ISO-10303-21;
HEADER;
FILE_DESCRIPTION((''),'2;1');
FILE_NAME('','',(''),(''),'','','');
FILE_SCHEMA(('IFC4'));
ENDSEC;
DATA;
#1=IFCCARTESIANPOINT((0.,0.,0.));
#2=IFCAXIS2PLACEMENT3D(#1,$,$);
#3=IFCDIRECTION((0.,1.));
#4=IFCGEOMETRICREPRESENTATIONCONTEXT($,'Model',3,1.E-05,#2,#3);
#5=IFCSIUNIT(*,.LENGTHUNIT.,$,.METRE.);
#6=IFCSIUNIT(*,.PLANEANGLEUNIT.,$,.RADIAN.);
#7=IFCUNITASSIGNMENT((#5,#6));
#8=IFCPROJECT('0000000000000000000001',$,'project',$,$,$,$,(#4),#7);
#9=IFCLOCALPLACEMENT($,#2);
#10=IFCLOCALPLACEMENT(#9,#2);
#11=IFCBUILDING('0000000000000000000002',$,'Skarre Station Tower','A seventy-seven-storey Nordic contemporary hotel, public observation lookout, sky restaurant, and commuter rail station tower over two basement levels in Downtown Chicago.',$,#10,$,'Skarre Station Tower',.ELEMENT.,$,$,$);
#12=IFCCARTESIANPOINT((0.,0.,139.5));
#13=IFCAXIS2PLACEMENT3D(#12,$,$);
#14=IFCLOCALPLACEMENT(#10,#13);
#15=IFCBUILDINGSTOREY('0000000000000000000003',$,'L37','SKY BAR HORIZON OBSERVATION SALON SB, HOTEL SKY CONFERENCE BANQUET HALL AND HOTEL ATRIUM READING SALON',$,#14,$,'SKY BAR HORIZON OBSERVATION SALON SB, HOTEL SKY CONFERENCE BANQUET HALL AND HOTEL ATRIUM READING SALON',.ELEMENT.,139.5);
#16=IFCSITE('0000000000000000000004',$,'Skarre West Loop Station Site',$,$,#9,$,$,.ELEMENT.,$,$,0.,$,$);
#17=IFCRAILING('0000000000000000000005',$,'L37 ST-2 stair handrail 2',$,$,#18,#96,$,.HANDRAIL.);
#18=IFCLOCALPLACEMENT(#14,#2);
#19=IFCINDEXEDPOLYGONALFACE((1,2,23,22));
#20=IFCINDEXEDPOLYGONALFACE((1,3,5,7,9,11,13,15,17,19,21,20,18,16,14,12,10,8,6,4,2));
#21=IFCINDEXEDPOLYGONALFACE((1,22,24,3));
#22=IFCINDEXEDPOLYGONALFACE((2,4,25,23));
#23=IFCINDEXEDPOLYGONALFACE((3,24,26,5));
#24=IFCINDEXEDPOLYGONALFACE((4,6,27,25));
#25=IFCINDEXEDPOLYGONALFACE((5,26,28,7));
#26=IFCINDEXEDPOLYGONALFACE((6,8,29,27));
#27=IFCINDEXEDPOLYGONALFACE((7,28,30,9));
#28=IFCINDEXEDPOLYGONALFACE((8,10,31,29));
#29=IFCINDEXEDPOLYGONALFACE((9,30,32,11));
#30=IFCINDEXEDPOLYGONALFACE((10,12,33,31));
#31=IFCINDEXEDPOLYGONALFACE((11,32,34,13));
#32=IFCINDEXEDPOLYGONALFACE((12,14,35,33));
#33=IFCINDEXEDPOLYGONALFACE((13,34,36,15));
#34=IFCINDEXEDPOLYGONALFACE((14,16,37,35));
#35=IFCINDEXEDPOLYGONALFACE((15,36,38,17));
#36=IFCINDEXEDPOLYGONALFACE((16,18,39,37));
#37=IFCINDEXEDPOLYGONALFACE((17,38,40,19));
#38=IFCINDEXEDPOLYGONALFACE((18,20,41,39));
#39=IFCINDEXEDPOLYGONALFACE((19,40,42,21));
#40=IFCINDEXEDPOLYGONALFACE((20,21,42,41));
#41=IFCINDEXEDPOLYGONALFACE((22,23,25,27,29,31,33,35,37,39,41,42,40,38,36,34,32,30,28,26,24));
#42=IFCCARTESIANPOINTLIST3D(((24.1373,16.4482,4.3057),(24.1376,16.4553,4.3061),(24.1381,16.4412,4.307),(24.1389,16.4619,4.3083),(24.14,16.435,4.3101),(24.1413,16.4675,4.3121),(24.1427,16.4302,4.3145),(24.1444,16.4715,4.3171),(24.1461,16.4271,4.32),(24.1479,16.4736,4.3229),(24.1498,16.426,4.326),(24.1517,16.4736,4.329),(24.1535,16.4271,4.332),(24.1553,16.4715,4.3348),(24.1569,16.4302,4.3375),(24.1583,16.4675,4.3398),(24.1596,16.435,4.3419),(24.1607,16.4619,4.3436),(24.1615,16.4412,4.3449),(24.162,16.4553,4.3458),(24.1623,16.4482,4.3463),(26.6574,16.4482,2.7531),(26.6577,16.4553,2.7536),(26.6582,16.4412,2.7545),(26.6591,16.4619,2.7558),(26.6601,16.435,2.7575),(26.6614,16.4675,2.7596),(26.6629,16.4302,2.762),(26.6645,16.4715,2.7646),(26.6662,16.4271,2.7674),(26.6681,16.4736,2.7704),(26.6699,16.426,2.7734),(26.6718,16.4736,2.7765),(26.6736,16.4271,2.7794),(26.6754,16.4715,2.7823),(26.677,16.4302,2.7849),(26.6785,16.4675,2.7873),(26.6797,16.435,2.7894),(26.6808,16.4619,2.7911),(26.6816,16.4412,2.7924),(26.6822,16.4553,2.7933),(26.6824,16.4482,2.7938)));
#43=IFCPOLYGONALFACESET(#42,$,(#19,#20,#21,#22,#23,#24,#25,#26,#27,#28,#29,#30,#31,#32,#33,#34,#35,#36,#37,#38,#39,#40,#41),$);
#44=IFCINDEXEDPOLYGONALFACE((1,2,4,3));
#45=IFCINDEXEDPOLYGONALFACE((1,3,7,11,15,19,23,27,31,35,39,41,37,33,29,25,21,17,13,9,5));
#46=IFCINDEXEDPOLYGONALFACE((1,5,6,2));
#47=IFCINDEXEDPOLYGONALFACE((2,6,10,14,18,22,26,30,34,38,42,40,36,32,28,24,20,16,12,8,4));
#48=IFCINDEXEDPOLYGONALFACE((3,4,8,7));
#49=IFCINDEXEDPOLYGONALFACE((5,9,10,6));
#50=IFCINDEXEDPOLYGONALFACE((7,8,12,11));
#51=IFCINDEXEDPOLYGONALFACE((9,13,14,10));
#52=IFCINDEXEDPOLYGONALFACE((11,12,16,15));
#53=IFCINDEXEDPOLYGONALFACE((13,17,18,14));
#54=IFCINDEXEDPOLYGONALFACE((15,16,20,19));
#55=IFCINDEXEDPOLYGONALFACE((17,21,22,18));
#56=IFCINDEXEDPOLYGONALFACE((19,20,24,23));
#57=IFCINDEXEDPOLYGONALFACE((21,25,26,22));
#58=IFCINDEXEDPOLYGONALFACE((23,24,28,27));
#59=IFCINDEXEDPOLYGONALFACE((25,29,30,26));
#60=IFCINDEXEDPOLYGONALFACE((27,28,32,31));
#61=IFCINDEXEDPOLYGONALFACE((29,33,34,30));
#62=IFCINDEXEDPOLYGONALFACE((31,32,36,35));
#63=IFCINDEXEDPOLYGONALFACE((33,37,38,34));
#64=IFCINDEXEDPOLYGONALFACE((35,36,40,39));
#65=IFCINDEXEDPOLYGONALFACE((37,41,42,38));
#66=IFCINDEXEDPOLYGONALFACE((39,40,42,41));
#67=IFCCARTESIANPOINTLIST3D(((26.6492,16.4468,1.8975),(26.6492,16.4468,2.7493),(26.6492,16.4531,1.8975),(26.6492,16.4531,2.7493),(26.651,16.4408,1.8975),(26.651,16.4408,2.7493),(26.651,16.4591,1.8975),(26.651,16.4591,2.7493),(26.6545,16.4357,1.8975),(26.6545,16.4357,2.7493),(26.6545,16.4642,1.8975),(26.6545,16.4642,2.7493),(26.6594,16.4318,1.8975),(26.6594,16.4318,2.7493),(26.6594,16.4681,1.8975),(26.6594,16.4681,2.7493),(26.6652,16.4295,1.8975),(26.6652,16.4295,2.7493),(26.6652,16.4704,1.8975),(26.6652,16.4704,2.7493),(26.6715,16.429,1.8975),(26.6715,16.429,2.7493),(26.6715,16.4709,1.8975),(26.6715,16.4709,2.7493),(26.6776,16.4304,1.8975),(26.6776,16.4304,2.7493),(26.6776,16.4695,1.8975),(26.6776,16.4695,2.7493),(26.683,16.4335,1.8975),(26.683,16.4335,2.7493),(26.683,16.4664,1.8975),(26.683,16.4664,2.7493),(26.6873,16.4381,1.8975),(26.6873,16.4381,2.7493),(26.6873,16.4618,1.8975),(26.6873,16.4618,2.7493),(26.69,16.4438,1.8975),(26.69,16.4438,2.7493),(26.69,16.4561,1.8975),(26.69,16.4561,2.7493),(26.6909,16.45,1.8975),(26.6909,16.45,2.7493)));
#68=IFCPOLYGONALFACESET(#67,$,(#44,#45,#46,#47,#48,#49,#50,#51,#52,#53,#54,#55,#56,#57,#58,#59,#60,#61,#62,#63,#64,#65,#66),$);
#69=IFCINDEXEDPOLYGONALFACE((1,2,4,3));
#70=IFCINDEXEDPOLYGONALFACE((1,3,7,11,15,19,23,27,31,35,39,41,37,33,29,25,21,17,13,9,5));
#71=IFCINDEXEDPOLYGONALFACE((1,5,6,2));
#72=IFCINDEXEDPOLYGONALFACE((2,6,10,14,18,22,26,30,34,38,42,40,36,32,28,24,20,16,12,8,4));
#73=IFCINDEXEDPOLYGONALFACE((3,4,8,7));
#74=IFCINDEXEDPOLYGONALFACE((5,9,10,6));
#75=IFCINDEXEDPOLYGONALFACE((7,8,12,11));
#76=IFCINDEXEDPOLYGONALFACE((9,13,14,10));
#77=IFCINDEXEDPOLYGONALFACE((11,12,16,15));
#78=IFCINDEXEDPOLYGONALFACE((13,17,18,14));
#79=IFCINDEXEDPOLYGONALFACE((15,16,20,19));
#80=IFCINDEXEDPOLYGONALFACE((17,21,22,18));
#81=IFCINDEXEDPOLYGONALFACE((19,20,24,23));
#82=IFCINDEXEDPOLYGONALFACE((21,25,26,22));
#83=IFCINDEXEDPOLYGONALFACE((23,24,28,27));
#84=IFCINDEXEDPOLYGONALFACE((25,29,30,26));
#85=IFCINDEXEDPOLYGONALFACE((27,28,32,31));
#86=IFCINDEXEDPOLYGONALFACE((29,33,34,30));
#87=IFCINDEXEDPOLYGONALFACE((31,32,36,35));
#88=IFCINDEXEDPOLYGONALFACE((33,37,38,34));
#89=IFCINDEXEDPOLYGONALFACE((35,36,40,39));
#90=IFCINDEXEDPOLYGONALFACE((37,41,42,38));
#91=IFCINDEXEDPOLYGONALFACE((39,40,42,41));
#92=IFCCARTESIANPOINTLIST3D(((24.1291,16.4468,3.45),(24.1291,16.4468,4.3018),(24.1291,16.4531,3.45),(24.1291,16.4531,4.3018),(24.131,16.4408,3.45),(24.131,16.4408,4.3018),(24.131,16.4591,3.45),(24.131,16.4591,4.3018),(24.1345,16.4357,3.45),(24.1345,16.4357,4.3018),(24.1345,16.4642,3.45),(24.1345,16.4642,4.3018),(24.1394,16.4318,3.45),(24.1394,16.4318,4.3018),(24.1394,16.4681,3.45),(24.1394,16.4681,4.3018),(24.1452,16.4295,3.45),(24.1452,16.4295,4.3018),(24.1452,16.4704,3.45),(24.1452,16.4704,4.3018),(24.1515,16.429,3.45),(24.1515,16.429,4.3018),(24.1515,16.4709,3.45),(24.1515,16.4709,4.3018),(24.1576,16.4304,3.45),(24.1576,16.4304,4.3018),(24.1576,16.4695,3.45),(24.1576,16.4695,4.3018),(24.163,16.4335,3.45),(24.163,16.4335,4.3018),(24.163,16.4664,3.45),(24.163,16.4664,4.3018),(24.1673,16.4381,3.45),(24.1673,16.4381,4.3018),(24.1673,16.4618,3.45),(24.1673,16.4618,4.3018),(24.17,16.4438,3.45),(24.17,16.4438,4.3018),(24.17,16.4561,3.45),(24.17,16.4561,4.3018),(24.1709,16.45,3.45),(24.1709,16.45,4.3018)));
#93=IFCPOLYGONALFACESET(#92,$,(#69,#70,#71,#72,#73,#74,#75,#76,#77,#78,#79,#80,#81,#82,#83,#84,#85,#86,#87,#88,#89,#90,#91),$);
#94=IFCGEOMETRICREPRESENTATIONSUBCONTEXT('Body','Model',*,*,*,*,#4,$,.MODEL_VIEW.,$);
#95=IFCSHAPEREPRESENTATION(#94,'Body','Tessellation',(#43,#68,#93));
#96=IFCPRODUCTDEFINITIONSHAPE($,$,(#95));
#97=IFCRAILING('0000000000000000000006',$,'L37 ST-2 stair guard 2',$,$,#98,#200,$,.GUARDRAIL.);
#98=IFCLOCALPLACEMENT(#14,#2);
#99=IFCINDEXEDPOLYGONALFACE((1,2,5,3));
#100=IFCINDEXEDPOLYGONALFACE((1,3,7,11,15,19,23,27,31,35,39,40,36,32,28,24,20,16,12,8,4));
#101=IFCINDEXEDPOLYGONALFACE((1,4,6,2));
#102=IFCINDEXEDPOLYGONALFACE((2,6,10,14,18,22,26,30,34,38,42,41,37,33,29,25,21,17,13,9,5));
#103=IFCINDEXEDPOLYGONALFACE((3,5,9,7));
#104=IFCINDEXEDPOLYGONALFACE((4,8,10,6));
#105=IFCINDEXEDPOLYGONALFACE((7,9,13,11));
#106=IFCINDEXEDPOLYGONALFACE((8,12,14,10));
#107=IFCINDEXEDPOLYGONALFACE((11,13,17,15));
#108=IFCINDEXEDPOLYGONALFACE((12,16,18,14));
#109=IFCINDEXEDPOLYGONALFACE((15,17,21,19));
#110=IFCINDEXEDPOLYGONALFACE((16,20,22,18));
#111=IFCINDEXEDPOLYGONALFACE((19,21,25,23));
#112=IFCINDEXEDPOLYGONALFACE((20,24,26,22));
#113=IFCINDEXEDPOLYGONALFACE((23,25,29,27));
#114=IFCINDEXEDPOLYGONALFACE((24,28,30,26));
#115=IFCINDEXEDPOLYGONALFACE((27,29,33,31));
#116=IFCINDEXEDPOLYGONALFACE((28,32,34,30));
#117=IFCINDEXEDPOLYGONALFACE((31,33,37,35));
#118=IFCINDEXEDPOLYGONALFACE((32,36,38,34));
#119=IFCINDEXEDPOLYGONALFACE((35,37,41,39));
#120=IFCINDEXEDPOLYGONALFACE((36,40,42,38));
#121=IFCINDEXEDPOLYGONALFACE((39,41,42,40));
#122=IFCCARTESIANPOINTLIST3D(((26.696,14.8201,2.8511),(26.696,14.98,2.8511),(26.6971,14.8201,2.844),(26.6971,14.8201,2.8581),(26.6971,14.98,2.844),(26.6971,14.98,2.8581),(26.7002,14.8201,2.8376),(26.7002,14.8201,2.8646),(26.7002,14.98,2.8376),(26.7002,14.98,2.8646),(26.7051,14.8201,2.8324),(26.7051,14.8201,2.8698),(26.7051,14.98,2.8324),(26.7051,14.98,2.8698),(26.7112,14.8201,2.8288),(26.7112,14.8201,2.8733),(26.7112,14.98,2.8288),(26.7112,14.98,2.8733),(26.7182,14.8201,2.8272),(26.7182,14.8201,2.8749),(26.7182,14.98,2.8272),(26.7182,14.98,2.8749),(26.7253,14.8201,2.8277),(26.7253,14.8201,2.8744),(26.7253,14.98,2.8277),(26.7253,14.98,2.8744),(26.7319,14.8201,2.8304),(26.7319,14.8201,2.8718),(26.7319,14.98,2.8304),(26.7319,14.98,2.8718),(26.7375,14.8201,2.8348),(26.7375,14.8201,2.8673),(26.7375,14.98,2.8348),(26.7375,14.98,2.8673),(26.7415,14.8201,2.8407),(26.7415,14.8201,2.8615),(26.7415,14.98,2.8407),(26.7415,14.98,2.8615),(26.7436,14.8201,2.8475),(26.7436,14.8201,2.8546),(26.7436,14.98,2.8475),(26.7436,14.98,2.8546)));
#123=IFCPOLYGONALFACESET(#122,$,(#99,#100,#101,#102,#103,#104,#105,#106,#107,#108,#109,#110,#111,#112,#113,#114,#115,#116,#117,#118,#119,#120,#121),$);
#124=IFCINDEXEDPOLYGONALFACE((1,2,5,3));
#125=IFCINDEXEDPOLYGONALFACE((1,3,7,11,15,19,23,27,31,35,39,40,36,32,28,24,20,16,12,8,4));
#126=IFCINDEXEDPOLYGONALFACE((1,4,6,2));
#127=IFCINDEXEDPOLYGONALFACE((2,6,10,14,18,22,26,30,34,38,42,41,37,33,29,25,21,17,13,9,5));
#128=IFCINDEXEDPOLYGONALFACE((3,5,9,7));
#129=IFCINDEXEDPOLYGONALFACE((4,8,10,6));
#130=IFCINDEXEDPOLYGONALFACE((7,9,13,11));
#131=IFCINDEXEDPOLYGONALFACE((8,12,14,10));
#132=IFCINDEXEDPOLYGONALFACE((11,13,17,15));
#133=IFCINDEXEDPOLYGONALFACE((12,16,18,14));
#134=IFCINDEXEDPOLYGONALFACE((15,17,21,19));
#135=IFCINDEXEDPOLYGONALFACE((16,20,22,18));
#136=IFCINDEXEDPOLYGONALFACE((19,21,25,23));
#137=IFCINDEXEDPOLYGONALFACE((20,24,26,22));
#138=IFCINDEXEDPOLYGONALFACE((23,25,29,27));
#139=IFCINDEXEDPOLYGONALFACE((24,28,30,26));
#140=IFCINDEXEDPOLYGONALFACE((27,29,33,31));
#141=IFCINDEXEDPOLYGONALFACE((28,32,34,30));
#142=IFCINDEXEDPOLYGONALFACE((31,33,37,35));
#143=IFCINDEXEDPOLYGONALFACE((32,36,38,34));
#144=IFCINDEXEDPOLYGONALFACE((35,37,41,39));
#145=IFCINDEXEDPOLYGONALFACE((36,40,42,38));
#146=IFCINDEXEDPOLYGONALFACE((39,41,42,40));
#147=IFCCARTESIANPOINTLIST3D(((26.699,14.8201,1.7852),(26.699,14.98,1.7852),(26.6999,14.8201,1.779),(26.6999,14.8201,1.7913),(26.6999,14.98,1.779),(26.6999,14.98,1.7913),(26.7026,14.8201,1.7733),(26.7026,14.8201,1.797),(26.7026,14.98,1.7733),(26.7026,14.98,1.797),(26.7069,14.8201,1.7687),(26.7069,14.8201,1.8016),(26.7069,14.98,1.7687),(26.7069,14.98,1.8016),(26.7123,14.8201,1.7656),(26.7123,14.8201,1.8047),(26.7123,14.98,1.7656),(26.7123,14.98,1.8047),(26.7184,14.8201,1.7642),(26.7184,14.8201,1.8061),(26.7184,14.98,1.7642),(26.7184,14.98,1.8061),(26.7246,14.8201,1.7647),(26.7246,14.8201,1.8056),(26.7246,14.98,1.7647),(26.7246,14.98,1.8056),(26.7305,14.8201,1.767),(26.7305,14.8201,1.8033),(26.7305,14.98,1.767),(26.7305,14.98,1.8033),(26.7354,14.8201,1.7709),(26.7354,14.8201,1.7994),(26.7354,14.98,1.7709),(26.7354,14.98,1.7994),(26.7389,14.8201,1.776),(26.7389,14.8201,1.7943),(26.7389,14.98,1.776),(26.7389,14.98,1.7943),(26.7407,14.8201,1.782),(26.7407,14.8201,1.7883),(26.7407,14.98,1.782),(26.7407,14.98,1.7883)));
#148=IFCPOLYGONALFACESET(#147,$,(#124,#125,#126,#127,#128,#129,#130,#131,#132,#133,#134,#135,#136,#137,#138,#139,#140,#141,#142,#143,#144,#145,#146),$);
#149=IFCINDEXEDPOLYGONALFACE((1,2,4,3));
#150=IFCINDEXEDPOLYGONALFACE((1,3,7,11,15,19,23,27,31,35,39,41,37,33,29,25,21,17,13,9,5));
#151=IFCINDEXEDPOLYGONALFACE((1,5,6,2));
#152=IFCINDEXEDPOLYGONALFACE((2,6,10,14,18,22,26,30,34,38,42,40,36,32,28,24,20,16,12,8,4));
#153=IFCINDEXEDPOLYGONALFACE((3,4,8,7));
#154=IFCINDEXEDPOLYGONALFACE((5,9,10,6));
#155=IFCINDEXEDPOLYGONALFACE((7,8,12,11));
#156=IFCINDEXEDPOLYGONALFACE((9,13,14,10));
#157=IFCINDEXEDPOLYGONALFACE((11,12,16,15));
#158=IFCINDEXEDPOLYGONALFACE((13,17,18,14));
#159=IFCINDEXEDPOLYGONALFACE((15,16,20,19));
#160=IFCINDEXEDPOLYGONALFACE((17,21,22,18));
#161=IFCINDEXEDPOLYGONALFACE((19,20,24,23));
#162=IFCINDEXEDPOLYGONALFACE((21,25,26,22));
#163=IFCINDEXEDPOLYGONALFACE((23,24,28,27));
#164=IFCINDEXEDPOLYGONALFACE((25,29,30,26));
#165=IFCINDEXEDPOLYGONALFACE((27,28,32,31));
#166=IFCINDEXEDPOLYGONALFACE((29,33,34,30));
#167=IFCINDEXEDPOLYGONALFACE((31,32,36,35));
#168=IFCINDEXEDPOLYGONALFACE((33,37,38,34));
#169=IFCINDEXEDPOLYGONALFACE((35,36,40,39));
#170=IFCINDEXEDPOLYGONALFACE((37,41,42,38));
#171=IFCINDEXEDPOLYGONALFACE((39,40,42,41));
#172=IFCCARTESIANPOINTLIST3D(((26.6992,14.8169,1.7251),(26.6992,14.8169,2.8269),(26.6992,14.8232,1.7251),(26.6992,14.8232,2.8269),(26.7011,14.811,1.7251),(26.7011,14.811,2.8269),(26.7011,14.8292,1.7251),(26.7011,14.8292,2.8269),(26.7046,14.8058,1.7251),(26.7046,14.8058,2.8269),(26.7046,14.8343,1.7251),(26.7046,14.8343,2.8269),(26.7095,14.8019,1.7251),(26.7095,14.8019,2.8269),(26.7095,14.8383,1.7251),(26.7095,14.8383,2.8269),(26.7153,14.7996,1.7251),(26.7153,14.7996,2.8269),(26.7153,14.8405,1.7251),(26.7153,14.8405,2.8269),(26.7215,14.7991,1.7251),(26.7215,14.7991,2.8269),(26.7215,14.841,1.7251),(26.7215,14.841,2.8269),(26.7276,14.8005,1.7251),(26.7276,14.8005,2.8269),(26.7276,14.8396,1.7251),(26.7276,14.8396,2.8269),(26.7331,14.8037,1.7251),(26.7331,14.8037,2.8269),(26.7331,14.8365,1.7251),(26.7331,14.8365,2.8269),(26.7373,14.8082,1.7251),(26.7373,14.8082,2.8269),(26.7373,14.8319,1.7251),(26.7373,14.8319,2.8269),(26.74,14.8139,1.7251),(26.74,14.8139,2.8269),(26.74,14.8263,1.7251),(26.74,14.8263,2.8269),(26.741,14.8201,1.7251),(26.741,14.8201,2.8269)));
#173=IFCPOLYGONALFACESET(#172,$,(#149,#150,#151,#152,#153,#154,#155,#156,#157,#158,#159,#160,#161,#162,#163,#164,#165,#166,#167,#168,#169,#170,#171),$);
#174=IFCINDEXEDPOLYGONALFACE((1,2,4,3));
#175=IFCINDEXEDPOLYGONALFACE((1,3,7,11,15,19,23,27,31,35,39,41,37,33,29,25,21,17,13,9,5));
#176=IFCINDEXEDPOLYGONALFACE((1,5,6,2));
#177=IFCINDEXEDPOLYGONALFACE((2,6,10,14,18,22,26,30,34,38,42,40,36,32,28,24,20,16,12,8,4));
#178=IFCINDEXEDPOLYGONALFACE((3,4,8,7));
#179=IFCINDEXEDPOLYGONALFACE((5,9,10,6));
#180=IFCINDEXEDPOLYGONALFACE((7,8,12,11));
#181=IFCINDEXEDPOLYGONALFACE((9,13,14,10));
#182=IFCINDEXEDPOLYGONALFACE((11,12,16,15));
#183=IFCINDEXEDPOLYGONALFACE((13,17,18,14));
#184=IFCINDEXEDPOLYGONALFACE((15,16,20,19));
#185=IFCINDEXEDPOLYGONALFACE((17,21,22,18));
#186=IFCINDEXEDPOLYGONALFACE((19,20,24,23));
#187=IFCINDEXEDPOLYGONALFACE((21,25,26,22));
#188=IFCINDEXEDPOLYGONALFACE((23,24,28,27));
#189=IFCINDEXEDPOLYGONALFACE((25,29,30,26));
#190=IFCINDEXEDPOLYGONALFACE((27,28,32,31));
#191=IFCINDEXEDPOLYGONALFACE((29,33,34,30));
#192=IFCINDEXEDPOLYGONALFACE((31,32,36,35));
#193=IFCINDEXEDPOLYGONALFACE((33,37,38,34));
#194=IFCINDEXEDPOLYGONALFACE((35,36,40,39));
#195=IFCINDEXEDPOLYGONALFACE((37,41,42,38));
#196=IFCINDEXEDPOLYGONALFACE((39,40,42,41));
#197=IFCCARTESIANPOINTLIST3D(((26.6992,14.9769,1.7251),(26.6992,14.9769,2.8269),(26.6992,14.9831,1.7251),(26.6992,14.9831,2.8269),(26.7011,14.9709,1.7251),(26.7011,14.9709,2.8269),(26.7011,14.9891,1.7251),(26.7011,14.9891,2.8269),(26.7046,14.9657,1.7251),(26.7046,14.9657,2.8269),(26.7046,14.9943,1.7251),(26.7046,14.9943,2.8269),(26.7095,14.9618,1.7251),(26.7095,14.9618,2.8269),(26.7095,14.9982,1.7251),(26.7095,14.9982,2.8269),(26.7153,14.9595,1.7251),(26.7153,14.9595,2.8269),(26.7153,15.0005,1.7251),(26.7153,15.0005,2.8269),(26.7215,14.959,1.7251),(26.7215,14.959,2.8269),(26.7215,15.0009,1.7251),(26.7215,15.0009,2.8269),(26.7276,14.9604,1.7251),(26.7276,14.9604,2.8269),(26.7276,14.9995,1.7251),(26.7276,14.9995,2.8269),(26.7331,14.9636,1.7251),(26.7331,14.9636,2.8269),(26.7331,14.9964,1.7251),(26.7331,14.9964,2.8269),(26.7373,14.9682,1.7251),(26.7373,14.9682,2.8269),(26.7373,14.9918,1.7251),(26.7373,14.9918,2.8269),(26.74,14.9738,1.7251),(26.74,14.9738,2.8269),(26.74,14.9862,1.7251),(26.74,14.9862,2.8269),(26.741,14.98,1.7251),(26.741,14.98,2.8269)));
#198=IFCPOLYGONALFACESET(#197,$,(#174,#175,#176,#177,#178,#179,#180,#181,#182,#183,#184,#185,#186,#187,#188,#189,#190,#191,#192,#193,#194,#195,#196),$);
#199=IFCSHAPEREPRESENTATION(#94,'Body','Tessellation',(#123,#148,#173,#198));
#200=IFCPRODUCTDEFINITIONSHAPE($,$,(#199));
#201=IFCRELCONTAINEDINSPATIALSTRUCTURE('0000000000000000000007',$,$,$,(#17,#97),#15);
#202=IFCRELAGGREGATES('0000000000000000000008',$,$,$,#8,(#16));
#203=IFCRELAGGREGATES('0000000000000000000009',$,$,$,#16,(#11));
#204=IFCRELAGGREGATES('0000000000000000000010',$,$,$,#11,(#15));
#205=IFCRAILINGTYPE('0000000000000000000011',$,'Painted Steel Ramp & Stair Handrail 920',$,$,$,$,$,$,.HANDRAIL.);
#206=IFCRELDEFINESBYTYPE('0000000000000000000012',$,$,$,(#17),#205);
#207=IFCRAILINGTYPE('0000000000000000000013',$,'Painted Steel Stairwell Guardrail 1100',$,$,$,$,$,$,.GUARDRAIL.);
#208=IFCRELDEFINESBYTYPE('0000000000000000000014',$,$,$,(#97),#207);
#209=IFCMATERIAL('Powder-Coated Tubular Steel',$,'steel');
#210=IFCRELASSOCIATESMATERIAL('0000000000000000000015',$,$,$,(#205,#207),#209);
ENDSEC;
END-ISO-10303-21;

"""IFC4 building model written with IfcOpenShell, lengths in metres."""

from ifc_helpers import new_model, si_unit, direction, frame, origin, origin_2d, place, context, subcontext, project, spatial, circle, extrude, material, type_object, element, save


model = new_model("IFC4")

# Units and contexts
model_context = context("Model", 3, precision=1e-05, world=origin(), true_north=direction((0.0, 1.0)))
body_context = subcontext(model_context, "Body", "Model", "MODEL_VIEW")
ifc_project = project(units=[si_unit("LENGTHUNIT", "METRE"), si_unit("PLANEANGLEUNIT", "RADIAN")], contexts=[model_context])

# Site, building, storey
site_placement = place(None, origin())
site = spatial("IfcSite", under=ifc_project, at=site_placement, Name="Skarre West Loop Station Site", CompositionType="ELEMENT", RefElevation=0.0)
building_placement = place(site_placement, origin())
building = spatial("IfcBuilding", under=site, at=building_placement, Name="Skarre Station Tower", Description="A seventy-seven-storey Nordic contemporary hotel, public observation lookout, sky restaurant, and commuter rail station tower over two basement levels in Downtown Chicago.", LongName="Skarre Station Tower", CompositionType="ELEMENT")
storey_placement = place(building_placement, frame((0.0, 0.0, 139.5)))
storey = spatial("IfcBuildingStorey", under=building, at=storey_placement, Name="L37", Description="SKY BAR HORIZON OBSERVATION SALON SB, HOTEL SKY CONFERENCE BANQUET HALL AND HOTEL ATRIUM READING SALON", LongName="SKY BAR HORIZON OBSERVATION SALON SB, HOTEL SKY CONFERENCE BANQUET HALL AND HOTEL ATRIUM READING SALON", CompositionType="ELEMENT", Elevation=139.5)

# Railings
ifc_material_1 = material(Name="Powder-Coated Tubular Steel", Category="steel")
railing_type_1 = type_object("IfcRailingType", Name="Painted Steel Ramp & Stair Handrail 920", PredefinedType="HANDRAIL", material=ifc_material_1)
railing_1_placement = place(storey_placement, frame((26.6699, 16.45, 1.8975)))
element("IfcRailing", 1, at=railing_1_placement, inside=storey, type_object=railing_type_1, Name="L37 ST-2 stair handrail 2", PredefinedType="HANDRAIL", context=body_context, shape_type="SweptSolid", body=[
    extrude(circle(Radius=0.0239, at=origin_2d()), frame((0.0, 0.0, 0.876), z_axis=(-0.8514, 0.0, 0.524516), x_axis=(0.0, -1.0, 0.0)), (0.0, 0.0, 1.0), 2.96),
    extrude(circle(Radius=0.021, at=origin_2d()), origin(), (0.0, 0.0, 1.0), 0.8518),
    extrude(circle(Radius=0.021, at=origin_2d()), frame((-2.52, 0.0, 1.5525)), (0.0, 0.0, 1.0), 0.8518),
])
railing_type_2 = type_object("IfcRailingType", Name="Painted Steel Stairwell Guardrail 1100", PredefinedType="GUARDRAIL", material=ifc_material_1)
railing_2_placement = place(storey_placement, frame((26.72, 14.8201, 1.7251)))
element("IfcRailing", 2, at=railing_2_placement, inside=storey, type_object=railing_type_2, Name="L37 ST-2 stair guard 2", PredefinedType="GUARDRAIL", context=body_context, shape_type="SweptSolid", body=[
    extrude(circle(Radius=0.0239, at=origin_2d()), frame((0.0, 0.0, 1.126), z_axis=(0.0, 1.0, 0.0), x_axis=(-1.0, 0.0, 0.0)), (0.0, 0.0, 1.0), 0.1599),
    extrude(circle(Radius=0.021, at=origin_2d()), frame((0.0, 0.0, 0.0601), z_axis=(0.0, 1.0, 0.0), x_axis=(-1.0, 0.0, 0.0)), (0.0, 0.0, 1.0), 0.1599),
    extrude(circle(Radius=0.021, at=origin_2d()), origin(), (0.0, 0.0, 1.0), 1.1018),
    extrude(circle(Radius=0.021, at=origin_2d()), frame((0.0, 0.1599, 0.0)), (0.0, 0.0, 1.0), 1.1018),
])

save(model, "model.ifc")
